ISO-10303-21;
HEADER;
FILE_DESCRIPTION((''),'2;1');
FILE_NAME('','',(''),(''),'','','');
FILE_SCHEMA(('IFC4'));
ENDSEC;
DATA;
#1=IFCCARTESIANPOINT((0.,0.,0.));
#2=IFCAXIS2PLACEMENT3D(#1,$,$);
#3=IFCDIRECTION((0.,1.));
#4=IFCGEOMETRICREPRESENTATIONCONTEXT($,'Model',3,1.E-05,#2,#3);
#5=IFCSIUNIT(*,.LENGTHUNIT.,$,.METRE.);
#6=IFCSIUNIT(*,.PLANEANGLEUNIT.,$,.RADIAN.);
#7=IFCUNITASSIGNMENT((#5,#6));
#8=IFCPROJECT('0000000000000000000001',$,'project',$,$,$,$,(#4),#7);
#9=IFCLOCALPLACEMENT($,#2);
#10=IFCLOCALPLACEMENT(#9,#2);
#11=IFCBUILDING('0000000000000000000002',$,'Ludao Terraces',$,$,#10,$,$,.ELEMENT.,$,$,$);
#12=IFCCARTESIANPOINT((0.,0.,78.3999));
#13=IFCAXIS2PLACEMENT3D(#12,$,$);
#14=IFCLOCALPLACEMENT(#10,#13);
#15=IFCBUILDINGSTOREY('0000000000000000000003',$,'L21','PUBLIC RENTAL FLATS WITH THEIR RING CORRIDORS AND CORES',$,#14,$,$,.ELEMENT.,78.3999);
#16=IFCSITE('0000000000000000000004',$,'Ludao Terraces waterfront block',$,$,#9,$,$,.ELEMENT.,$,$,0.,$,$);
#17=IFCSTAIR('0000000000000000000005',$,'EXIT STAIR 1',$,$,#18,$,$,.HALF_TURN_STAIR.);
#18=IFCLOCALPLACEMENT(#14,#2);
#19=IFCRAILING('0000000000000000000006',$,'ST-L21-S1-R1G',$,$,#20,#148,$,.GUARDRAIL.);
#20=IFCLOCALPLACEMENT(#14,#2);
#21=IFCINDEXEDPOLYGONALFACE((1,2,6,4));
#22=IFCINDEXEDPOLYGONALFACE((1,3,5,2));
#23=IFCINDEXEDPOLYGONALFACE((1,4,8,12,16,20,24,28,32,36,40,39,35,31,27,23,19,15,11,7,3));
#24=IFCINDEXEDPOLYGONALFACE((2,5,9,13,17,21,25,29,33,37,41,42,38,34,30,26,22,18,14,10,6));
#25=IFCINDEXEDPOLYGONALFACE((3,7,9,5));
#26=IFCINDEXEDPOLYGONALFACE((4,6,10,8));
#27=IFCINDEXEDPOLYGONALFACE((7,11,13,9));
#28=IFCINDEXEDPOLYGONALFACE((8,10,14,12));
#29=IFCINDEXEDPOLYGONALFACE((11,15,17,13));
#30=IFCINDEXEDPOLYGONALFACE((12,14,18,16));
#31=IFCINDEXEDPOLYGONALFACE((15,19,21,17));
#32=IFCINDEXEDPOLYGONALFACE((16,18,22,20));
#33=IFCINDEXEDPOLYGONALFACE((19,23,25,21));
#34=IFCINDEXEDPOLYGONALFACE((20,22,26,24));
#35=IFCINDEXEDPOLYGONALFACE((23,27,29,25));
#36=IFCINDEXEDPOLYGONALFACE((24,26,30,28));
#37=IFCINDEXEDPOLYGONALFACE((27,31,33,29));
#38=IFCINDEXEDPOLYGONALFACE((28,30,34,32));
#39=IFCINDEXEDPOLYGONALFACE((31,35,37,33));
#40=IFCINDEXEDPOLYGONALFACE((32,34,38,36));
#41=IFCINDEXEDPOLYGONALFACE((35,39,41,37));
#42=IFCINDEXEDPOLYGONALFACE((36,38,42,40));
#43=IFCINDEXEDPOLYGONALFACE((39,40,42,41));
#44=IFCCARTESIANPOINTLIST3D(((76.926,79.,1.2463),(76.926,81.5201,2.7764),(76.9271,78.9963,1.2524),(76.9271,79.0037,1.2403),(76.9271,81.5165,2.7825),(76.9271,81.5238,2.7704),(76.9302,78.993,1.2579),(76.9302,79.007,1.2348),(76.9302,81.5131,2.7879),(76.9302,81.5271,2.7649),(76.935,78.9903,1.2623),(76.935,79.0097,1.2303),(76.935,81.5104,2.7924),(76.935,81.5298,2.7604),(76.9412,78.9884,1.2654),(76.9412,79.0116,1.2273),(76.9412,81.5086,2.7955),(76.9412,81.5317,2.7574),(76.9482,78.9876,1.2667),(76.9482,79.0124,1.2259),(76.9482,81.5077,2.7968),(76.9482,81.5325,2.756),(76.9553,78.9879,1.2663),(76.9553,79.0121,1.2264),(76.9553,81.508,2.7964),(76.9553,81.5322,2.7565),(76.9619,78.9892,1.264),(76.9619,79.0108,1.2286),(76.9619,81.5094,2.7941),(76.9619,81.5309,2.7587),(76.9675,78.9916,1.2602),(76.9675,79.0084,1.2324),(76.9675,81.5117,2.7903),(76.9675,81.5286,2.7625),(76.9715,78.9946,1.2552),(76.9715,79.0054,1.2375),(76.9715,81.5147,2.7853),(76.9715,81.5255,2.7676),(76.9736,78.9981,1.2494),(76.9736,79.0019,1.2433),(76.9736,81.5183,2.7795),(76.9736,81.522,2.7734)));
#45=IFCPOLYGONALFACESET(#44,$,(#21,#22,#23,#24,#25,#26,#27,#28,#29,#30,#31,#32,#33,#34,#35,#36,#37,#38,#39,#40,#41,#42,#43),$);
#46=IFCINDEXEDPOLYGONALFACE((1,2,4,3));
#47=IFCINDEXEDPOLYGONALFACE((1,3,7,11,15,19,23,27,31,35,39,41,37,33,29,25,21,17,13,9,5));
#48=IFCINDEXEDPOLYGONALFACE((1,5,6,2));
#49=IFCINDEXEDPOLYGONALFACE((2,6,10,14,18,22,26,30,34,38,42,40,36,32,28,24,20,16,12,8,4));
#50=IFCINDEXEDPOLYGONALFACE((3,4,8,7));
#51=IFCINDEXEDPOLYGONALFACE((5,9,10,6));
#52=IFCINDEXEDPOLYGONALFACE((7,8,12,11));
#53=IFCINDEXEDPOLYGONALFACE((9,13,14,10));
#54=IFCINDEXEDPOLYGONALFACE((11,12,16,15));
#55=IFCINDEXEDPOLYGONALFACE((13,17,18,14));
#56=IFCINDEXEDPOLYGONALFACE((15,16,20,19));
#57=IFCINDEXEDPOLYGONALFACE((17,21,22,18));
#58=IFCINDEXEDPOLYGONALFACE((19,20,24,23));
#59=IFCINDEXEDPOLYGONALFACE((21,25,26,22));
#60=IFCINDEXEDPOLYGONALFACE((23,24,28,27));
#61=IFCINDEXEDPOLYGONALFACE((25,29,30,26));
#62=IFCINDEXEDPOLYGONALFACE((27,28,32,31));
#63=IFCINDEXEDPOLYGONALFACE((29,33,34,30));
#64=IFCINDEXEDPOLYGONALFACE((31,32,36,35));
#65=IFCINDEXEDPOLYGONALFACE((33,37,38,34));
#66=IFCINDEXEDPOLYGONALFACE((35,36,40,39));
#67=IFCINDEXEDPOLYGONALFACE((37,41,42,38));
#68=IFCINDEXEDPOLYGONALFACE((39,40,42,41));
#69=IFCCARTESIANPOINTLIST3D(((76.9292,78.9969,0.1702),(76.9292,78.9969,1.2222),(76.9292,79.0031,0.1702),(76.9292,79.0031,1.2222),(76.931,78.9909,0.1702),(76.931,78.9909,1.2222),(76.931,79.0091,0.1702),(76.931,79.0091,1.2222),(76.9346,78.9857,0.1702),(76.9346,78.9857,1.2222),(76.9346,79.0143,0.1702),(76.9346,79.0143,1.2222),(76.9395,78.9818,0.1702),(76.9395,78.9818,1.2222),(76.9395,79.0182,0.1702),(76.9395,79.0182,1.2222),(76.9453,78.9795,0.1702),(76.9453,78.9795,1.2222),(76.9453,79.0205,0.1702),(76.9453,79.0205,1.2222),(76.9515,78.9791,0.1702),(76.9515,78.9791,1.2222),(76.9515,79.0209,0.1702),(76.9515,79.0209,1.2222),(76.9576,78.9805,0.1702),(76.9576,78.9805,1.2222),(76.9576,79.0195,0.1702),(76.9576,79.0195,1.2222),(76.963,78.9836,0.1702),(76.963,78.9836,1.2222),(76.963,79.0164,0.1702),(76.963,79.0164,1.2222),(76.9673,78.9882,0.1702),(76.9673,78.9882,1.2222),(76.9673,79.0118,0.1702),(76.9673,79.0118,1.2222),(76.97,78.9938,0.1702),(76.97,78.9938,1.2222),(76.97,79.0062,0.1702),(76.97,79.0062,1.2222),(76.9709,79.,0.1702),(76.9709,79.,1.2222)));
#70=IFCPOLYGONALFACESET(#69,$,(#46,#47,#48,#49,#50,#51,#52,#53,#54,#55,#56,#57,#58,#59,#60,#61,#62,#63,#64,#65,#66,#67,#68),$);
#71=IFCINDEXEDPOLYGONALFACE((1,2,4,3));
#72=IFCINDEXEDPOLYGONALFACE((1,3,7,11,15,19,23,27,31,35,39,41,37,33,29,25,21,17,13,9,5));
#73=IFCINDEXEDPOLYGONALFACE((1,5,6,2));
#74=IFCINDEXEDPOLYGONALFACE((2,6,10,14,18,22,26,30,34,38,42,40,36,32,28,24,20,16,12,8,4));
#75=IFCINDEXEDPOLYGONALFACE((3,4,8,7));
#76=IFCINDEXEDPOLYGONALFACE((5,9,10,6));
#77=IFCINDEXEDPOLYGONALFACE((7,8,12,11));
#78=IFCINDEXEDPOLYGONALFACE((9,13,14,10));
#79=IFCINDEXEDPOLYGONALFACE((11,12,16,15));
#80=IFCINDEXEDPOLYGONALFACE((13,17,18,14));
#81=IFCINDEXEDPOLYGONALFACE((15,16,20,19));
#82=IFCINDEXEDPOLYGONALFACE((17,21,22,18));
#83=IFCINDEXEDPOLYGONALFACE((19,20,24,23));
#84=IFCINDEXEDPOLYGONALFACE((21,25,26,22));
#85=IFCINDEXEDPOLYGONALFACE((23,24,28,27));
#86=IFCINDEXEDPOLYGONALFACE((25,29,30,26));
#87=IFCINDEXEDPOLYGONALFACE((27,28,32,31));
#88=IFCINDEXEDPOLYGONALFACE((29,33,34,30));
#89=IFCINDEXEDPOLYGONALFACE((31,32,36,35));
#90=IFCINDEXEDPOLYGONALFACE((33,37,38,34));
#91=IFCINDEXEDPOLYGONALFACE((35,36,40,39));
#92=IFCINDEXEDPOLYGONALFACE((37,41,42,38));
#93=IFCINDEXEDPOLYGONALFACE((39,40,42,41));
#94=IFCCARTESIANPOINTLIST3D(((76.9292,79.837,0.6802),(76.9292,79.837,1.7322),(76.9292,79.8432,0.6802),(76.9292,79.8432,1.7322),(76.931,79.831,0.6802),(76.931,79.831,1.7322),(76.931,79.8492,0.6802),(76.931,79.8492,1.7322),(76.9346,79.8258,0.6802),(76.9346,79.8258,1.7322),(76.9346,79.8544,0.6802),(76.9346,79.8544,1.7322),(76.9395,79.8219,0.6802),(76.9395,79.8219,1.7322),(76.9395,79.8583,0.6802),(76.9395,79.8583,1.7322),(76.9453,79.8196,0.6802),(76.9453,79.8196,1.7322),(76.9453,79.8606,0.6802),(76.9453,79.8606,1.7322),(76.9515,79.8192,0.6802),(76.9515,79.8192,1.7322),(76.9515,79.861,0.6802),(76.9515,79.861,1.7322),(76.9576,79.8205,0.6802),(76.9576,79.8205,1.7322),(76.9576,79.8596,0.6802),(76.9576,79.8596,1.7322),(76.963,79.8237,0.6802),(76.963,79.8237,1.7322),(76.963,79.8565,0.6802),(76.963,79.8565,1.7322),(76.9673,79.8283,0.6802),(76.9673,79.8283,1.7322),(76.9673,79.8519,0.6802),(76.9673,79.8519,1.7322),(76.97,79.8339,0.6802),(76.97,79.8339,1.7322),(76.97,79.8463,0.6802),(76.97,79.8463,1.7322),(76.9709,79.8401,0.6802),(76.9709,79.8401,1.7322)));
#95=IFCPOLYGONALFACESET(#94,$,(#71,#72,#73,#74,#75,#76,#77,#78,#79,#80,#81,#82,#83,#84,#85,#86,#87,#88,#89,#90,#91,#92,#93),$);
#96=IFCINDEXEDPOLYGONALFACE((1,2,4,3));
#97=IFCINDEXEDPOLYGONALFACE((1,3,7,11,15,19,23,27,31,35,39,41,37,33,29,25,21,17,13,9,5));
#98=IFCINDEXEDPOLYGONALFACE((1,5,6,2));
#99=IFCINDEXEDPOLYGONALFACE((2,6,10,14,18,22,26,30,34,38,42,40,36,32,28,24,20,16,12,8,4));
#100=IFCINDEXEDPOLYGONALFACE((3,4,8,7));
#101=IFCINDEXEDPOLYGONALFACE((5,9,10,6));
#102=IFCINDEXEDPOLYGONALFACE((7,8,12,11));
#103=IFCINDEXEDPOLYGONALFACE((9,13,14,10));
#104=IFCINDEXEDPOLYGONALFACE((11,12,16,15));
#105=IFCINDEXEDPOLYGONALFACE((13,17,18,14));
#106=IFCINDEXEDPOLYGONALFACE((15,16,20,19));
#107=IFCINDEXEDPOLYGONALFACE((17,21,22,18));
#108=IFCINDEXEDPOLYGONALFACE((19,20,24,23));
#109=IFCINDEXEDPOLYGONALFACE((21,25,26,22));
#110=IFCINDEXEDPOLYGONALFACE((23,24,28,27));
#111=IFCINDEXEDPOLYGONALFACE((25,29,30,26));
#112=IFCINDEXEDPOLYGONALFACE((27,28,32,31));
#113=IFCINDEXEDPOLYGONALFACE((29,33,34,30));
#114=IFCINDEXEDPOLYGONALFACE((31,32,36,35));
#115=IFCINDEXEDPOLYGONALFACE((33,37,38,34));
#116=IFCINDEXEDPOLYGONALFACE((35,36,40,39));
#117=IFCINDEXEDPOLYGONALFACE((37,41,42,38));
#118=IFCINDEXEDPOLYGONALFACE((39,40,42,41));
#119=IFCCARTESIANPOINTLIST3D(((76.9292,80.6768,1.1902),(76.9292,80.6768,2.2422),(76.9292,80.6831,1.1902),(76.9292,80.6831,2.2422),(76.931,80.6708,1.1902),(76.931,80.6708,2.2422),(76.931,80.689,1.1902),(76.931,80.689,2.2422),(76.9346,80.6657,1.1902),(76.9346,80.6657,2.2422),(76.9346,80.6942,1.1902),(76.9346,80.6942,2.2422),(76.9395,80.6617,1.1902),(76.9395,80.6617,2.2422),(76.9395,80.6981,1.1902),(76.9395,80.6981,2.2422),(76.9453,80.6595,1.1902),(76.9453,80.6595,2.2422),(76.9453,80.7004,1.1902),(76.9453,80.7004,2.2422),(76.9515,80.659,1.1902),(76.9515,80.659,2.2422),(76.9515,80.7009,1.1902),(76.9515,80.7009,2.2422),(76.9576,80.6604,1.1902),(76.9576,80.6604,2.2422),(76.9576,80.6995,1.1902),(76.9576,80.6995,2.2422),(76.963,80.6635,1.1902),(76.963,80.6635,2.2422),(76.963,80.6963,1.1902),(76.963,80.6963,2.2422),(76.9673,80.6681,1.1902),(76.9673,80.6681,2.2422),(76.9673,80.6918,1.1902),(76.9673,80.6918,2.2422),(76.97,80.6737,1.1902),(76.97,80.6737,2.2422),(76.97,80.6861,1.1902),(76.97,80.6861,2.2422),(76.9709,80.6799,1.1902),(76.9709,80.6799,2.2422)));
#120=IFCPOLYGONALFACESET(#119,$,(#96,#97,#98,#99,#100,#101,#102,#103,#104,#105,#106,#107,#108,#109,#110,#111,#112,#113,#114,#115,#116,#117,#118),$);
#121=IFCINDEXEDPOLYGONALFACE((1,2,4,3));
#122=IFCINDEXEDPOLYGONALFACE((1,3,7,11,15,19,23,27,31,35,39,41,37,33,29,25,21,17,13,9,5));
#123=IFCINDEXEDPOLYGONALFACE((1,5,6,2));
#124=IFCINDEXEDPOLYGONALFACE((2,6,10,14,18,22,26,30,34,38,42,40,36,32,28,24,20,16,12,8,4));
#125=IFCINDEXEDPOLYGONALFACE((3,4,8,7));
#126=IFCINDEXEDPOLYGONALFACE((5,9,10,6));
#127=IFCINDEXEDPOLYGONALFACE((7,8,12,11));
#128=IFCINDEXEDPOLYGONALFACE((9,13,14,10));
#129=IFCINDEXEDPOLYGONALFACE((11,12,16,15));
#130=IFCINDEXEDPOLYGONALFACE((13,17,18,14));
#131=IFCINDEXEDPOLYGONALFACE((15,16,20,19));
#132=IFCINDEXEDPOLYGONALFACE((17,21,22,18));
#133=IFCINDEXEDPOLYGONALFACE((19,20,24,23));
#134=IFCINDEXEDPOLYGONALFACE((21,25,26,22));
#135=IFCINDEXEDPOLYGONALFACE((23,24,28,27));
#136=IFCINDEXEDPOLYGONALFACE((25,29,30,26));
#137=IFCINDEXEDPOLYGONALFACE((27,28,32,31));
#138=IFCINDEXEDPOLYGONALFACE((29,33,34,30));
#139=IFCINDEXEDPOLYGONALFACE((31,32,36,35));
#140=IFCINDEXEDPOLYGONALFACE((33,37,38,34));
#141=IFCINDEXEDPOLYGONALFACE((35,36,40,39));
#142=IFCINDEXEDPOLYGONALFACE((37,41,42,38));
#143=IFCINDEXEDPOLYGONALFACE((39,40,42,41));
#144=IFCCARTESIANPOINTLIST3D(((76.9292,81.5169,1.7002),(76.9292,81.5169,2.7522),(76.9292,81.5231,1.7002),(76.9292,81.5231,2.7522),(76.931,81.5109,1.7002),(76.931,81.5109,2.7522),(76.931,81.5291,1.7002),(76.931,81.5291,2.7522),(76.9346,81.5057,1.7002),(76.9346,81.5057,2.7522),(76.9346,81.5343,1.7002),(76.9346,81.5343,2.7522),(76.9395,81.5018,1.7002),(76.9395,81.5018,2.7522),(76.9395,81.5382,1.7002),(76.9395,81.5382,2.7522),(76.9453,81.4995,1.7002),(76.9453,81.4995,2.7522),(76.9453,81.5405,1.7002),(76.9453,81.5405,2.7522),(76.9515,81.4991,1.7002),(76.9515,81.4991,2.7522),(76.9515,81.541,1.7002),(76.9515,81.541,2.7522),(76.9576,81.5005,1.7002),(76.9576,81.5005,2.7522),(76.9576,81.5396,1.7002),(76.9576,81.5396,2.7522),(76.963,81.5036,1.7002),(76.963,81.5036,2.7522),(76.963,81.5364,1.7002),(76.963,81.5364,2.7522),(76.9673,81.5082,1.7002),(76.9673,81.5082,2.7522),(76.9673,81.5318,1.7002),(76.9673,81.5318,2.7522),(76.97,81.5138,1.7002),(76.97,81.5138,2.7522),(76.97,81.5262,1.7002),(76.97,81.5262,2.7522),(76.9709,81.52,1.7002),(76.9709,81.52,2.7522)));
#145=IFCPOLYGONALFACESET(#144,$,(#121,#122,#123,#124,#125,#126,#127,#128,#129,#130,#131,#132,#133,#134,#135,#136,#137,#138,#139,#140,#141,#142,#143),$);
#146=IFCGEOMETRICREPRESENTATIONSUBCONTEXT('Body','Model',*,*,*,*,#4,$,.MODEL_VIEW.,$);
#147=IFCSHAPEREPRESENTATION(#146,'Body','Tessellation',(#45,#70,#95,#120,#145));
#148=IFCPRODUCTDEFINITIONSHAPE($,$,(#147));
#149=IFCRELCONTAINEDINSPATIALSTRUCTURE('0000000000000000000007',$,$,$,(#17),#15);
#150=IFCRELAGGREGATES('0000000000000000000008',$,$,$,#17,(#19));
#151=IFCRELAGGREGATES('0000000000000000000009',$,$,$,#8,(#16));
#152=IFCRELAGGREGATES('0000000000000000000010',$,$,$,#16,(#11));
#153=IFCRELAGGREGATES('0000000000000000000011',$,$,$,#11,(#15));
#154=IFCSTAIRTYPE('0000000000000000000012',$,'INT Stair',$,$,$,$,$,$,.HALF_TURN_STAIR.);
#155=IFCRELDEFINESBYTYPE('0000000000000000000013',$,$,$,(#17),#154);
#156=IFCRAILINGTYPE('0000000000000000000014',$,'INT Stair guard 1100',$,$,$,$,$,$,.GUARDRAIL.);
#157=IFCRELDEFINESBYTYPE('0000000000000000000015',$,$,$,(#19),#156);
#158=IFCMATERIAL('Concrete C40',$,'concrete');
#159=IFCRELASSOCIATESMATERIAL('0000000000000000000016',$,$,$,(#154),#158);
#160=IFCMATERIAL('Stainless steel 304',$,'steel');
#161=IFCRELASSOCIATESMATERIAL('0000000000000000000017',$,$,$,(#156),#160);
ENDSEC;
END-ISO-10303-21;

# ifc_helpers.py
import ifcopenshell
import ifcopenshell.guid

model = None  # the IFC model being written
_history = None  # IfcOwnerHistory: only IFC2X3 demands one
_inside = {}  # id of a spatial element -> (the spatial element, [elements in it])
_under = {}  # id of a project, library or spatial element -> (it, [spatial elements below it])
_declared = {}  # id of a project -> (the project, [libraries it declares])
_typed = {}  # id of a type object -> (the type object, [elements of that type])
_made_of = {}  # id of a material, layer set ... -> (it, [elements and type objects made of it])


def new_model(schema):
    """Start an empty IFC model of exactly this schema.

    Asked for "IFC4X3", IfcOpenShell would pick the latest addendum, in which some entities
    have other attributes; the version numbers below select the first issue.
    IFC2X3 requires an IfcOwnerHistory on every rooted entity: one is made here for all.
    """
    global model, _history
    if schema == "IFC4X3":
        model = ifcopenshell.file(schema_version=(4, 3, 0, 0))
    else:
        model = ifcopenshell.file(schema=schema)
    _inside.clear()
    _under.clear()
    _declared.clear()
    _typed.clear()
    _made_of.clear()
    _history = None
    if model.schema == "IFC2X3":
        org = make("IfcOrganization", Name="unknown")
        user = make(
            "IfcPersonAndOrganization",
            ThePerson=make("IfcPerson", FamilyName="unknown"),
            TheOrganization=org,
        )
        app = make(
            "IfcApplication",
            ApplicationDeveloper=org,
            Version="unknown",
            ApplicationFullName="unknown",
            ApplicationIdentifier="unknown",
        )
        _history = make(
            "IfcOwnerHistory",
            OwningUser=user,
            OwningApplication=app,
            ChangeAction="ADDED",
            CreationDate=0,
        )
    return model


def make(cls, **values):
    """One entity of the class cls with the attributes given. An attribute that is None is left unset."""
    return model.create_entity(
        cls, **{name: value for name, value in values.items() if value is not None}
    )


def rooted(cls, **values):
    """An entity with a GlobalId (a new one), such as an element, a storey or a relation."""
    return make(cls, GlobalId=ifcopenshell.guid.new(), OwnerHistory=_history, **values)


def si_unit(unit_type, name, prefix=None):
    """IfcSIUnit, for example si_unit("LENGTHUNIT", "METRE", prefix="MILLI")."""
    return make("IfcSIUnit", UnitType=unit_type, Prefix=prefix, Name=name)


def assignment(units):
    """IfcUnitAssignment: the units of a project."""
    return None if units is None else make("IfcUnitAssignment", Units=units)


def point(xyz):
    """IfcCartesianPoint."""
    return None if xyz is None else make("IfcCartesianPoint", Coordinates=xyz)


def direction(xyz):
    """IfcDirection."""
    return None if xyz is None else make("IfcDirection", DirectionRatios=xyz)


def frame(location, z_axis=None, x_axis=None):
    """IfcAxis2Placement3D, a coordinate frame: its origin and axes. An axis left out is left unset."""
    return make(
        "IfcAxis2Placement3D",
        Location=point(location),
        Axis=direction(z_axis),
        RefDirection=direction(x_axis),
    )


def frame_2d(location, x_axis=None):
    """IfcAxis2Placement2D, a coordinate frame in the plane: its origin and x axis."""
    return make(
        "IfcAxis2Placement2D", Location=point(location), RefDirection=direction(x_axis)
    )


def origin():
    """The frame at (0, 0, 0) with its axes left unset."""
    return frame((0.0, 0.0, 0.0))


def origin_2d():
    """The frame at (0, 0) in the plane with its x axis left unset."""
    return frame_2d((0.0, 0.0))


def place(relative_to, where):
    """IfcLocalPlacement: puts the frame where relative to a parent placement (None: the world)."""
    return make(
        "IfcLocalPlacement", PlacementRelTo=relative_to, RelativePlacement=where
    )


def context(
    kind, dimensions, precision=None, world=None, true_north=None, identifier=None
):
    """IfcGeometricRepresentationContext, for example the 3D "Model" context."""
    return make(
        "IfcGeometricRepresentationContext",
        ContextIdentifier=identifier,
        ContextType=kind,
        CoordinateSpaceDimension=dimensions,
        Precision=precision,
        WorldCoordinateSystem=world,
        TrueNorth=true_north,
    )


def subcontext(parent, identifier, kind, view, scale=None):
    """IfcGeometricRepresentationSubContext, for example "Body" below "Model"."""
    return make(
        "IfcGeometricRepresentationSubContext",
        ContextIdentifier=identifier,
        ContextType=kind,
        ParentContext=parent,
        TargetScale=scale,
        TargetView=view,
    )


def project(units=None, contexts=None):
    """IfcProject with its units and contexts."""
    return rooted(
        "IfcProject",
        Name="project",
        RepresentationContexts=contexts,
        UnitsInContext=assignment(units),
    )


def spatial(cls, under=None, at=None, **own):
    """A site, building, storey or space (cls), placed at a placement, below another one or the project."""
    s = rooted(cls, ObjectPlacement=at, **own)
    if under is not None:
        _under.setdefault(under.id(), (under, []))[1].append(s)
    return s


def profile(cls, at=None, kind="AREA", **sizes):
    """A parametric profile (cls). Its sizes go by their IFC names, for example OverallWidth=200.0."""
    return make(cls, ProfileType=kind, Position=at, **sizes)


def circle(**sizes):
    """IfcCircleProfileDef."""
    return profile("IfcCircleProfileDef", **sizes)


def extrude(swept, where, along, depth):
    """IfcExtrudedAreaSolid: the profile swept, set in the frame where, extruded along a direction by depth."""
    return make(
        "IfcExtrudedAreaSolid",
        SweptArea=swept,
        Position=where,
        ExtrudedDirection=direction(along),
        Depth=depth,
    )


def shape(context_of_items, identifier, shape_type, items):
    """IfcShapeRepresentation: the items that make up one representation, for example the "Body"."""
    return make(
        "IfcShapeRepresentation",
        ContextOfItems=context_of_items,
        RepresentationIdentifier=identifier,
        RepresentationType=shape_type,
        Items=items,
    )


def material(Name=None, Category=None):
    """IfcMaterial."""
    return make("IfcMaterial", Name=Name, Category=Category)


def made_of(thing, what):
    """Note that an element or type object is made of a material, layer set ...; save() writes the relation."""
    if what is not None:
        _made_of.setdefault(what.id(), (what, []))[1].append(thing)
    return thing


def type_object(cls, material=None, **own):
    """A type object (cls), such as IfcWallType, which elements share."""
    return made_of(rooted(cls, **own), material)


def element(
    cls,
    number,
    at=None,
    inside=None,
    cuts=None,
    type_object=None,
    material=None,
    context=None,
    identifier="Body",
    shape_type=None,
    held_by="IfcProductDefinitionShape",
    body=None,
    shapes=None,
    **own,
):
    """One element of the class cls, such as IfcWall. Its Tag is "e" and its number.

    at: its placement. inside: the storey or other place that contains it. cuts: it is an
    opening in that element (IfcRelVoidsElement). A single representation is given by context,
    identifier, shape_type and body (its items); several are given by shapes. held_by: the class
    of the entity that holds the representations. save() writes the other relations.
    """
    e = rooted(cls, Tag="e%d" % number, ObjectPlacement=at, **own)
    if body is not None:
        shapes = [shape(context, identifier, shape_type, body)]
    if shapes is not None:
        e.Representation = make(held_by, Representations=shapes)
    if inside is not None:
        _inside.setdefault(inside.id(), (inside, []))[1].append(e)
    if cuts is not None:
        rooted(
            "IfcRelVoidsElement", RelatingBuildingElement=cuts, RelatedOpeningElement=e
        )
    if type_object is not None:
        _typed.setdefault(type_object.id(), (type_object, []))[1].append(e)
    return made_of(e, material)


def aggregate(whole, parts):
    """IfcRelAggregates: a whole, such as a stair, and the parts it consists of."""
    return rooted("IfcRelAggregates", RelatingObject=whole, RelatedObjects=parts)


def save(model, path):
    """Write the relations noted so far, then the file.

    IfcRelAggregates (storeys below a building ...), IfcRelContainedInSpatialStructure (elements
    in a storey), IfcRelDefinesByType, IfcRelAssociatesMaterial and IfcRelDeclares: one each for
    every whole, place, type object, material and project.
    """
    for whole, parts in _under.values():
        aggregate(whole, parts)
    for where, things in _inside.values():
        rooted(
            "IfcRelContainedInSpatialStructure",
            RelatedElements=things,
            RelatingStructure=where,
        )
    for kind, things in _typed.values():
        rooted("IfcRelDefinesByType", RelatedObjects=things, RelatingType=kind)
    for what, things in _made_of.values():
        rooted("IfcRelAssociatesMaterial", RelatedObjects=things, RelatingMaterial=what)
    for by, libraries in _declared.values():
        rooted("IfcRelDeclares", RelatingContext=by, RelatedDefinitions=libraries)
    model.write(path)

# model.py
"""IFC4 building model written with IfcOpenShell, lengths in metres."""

from ifc_helpers import new_model, si_unit, direction, frame, origin, origin_2d, place, context, subcontext, project, spatial, circle, extrude, material, type_object, element, aggregate, save


model = new_model("IFC4")

# Units and contexts
model_context = context("Model", 3, precision=1e-05, world=origin(), true_north=direction((0.0, 1.0)))
body_context = subcontext(model_context, "Body", "Model", "MODEL_VIEW")
ifc_project = project(units=[si_unit("LENGTHUNIT", "METRE"), si_unit("PLANEANGLEUNIT", "RADIAN")], contexts=[model_context])

# Site, building, storey
site_placement = place(None, origin())
site = spatial("IfcSite", under=ifc_project, at=site_placement, Name="Ludao Terraces waterfront block", CompositionType="ELEMENT", RefElevation=0.0)
building_placement = place(site_placement, origin())
building = spatial("IfcBuilding", under=site, at=building_placement, Name="Ludao Terraces", CompositionType="ELEMENT")
storey_placement = place(building_placement, frame((0.0, 0.0, 78.3999)))
storey = spatial("IfcBuildingStorey", under=building, at=storey_placement, Name="L21", Description="PUBLIC RENTAL FLATS WITH THEIR RING CORRIDORS AND CORES", CompositionType="ELEMENT", Elevation=78.3999)

# Shared definitions
ifc_material_1 = material(Name="Stainless steel 304", Category="steel")

# Stair, railing
ifc_material_2 = material(Name="Concrete C40", Category="concrete")
stair_type = type_object("IfcStairType", Name="INT Stair", PredefinedType="HALF_TURN_STAIR", material=ifc_material_2)
stair_placement = place(storey_placement, origin())
stair = element("IfcStair", 1, at=stair_placement, inside=storey, type_object=stair_type, Name="EXIT STAIR 1", PredefinedType="HALF_TURN_STAIR")
railing_type_1 = type_object("IfcRailingType", Name="INT Stair guard 1100", PredefinedType="GUARDRAIL", material=ifc_material_1)
railing_1_placement = place(storey_placement, frame((76.95, 79.0, 0.1702)))
railing_1 = element("IfcRailing", 2, at=railing_1_placement, type_object=railing_type_1, Name="ST-L21-S1-R1G", PredefinedType="GUARDRAIL", context=body_context, shape_type="SweptSolid", body=[
    extrude(circle(Radius=0.0239, at=origin_2d()), frame((0.0, 0.0, 1.0762), z_axis=(0.0, 0.854785, 0.518982), x_axis=(-1.0, 0.0, 0.0)), (0.0, 0.0, 1.0), 2.9482),
    extrude(circle(Radius=0.021, at=origin_2d()), origin(), (0.0, 0.0, 1.0), 1.052),
    extrude(circle(Radius=0.021, at=origin_2d()), frame((0.0, 0.8401, 0.51)), (0.0, 0.0, 1.0), 1.052),
    extrude(circle(Radius=0.021, at=origin_2d()), frame((0.0, 1.6799, 1.02)), (0.0, 0.0, 1.0), 1.052),
    extrude(circle(Radius=0.021, at=origin_2d()), frame((0.0, 2.52, 1.53)), (0.0, 0.0, 1.0), 1.052),
])
aggregate(stair, [railing_1])

save(model, "model.ifc")
